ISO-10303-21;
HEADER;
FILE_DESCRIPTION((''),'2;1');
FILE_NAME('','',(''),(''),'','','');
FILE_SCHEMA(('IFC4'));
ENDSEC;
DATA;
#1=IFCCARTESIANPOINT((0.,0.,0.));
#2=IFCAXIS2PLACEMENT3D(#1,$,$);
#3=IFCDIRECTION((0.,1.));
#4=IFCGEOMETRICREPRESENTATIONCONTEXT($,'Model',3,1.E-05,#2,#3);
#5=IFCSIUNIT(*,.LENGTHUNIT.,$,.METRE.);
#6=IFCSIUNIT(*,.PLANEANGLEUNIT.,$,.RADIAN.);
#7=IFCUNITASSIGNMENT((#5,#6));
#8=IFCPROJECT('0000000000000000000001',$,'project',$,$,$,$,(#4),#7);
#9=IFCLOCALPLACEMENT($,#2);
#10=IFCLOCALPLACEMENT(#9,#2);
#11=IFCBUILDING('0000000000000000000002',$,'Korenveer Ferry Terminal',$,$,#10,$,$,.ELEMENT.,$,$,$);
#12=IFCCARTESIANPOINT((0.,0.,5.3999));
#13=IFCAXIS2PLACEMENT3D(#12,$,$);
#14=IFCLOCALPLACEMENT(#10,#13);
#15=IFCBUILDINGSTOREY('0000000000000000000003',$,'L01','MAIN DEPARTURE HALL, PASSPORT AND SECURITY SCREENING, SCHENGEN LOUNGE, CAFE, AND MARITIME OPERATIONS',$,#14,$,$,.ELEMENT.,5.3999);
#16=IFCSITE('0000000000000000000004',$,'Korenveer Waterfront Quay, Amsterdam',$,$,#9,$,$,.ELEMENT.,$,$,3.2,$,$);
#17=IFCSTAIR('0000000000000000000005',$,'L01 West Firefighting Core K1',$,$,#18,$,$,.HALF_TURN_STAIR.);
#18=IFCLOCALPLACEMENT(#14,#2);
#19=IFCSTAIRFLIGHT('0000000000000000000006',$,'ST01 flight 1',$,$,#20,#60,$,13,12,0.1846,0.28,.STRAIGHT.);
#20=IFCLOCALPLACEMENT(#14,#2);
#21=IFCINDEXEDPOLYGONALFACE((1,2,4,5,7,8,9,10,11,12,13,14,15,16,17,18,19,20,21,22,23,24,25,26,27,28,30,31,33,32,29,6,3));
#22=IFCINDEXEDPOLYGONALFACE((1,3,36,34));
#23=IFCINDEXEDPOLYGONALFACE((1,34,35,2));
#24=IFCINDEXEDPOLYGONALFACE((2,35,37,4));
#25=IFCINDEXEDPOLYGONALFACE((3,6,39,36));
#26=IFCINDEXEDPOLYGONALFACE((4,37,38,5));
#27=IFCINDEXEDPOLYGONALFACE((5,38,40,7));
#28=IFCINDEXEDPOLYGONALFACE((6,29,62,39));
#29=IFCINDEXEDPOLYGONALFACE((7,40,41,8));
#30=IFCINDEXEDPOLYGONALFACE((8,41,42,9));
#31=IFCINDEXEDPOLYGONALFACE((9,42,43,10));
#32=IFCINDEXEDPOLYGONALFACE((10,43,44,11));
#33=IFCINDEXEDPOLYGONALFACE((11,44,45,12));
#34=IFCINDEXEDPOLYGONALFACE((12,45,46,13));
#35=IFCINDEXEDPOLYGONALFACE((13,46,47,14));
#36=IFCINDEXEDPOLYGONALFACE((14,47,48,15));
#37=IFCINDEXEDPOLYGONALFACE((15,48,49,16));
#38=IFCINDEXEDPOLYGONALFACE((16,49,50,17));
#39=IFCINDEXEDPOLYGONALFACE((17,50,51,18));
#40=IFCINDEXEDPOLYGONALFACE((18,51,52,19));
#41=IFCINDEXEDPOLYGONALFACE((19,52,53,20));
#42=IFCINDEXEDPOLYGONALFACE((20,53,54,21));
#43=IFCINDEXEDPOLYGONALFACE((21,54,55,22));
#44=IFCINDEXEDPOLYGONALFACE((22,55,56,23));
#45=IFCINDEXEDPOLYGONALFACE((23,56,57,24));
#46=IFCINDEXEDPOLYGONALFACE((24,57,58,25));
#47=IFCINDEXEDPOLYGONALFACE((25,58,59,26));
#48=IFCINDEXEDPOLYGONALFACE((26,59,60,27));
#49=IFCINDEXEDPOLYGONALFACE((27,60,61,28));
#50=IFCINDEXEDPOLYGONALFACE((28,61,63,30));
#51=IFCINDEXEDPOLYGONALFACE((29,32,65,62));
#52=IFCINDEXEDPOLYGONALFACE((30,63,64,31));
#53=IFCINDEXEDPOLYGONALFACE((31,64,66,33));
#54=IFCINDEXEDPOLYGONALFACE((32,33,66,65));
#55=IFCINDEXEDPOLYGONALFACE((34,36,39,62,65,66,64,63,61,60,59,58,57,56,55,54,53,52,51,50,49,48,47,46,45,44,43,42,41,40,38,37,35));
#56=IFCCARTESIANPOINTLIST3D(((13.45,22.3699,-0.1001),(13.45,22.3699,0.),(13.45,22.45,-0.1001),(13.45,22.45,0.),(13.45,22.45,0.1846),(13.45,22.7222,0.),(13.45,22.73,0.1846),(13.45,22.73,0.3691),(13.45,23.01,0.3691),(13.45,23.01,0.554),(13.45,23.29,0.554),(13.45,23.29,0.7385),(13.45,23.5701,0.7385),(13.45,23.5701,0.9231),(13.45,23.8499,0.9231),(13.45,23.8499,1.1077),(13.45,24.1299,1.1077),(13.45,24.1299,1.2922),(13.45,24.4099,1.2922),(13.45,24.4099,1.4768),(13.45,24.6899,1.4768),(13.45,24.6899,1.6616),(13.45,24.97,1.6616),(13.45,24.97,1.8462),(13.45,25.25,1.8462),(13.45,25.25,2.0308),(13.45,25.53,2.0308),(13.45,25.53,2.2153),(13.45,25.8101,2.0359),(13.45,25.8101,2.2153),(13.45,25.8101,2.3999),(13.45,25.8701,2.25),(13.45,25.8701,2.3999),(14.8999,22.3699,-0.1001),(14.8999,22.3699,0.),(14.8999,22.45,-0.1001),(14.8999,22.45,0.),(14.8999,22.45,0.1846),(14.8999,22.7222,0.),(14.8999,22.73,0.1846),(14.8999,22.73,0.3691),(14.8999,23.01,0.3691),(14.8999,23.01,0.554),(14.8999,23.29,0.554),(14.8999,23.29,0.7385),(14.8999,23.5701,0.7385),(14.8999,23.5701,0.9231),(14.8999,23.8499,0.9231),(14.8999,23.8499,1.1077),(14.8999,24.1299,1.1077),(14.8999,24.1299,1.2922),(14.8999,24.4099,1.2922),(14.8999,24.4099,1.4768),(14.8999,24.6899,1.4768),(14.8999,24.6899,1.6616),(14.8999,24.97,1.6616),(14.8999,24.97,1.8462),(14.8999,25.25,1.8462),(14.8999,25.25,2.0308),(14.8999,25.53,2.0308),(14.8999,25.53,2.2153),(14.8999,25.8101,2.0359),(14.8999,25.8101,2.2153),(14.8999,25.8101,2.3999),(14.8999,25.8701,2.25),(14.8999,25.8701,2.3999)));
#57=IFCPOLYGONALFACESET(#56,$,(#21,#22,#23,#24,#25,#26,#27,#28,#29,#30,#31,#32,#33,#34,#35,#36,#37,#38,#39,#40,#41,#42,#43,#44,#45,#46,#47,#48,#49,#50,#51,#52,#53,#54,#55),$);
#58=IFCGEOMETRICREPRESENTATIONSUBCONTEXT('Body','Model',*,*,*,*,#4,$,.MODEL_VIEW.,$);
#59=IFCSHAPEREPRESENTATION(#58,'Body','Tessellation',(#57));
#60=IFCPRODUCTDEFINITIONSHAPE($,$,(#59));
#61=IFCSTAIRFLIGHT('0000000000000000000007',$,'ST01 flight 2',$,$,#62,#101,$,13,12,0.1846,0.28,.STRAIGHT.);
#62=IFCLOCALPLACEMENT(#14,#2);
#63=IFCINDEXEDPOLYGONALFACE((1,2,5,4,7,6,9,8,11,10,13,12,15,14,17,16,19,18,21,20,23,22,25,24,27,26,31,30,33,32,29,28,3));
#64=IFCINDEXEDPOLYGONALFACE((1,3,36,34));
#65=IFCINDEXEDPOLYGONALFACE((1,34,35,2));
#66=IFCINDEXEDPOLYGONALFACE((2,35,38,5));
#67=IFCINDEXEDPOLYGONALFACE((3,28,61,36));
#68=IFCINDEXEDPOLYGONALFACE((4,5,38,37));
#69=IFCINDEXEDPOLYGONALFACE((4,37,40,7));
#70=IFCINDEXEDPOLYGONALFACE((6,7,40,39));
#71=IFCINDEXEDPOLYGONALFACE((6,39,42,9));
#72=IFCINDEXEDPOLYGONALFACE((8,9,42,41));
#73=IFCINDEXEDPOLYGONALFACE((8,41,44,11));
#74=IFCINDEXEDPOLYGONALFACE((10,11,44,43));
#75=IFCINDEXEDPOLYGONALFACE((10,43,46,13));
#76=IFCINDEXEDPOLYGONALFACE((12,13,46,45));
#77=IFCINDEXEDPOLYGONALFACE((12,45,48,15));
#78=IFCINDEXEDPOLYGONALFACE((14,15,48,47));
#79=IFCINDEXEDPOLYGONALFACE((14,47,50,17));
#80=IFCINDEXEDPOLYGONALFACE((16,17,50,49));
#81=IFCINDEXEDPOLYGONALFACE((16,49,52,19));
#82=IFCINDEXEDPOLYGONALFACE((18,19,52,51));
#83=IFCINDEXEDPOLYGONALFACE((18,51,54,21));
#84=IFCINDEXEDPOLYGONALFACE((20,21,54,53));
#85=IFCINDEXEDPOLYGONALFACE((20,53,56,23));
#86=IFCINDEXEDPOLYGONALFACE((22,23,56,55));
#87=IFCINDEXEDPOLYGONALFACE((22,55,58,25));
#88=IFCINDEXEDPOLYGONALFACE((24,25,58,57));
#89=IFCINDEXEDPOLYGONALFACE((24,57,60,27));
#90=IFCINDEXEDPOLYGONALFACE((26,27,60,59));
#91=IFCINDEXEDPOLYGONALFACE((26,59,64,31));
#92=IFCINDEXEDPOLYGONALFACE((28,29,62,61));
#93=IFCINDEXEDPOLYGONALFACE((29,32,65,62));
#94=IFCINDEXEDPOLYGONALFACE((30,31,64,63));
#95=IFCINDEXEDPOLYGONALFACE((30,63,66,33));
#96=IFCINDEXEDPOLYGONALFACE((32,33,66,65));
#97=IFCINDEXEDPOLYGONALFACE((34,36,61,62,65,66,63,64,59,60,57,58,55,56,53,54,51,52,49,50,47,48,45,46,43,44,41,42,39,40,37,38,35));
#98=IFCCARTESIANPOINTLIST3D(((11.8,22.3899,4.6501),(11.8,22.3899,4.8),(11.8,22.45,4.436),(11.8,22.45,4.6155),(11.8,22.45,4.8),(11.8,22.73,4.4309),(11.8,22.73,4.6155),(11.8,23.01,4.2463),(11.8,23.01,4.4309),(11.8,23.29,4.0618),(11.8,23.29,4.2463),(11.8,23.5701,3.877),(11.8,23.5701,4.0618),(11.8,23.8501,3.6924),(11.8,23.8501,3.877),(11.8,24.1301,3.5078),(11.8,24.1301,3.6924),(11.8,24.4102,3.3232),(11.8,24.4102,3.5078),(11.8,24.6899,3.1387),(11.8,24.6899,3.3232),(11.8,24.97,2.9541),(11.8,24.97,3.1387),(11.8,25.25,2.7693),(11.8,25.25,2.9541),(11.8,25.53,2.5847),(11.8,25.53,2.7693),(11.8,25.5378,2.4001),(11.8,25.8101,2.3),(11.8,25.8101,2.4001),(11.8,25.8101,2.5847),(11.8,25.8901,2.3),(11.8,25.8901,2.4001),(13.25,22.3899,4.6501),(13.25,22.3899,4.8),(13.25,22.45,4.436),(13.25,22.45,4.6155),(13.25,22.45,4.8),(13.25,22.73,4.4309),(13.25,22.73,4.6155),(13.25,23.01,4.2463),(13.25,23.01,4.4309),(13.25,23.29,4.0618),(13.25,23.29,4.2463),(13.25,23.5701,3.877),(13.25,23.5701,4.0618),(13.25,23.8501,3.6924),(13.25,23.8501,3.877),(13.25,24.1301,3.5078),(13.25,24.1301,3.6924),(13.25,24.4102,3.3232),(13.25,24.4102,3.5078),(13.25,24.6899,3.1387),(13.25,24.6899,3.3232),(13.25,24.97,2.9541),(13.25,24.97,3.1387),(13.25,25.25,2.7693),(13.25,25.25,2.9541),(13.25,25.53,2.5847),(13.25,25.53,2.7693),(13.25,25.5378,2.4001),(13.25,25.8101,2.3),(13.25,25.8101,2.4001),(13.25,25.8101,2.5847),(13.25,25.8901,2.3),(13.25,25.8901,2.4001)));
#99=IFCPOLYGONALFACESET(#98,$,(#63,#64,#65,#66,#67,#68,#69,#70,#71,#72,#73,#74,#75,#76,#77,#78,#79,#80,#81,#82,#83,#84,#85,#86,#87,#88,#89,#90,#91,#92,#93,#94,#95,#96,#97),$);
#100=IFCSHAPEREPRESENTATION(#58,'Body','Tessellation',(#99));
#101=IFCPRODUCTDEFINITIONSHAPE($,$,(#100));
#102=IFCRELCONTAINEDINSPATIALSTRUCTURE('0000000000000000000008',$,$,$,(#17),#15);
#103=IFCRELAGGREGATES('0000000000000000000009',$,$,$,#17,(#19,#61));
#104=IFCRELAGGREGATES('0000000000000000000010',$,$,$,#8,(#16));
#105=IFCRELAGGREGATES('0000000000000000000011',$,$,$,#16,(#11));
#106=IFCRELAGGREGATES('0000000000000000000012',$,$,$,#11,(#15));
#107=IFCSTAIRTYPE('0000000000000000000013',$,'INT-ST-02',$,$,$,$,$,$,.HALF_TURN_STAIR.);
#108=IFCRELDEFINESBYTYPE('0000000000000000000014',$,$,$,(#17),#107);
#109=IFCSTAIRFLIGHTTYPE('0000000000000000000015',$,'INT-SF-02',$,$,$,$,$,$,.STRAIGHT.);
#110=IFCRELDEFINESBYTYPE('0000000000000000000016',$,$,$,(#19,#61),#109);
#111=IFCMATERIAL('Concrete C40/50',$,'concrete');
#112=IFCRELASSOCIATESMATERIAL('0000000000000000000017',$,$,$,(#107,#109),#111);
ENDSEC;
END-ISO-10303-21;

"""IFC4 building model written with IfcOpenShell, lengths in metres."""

from ifc_helpers import new_model, si_unit, direction, frame, origin, place, context, subcontext, project, spatial, polyline, outline, extrude, material, type_object, element, aggregate, save


model = new_model("IFC4")

# Units and contexts
model_context = context("Model", 3, precision=1e-05, world=origin(), true_north=direction((0.0, 1.0)))
body_context = subcontext(model_context, "Body", "Model", "MODEL_VIEW")
ifc_project = project(units=[si_unit("LENGTHUNIT", "METRE"), si_unit("PLANEANGLEUNIT", "RADIAN")], contexts=[model_context])

# Site, building, storey
site_placement = place(None, origin())
site = spatial("IfcSite", under=ifc_project, at=site_placement, Name="Korenveer Waterfront Quay, Amsterdam", CompositionType="ELEMENT", RefElevation=3.2)
building_placement = place(site_placement, origin())
building = spatial("IfcBuilding", under=site, at=building_placement, Name="Korenveer Ferry Terminal", CompositionType="ELEMENT")
storey_placement = place(building_placement, frame((0.0, 0.0, 5.3999)))
storey = spatial("IfcBuildingStorey", under=building, at=storey_placement, Name="L01", Description="MAIN DEPARTURE HALL, PASSPORT AND SECURITY SCREENING, SCHENGEN LOUNGE, CAFE, AND MARITIME OPERATIONS", CompositionType="ELEMENT", Elevation=5.3999)

# Stair, stair flights
ifc_material_1 = material(Name="Concrete C40/50", Category="concrete")
stair_type = type_object("IfcStairType", Name="INT-ST-02", PredefinedType="HALF_TURN_STAIR", material=ifc_material_1)
stair_placement = place(storey_placement, frame((14.175, 22.45, 0.0)))
stair = element("IfcStair", 1, at=stair_placement, inside=storey, type_object=stair_type, Name="L01 West Firefighting Core K1", PredefinedType="HALF_TURN_STAIR")
stair_flight_type = type_object("IfcStairFlightType", Name="INT-SF-02", PredefinedType="STRAIGHT", material=ifc_material_1)
stair_flight_1_placement = place(storey_placement, frame((14.175, 22.45, 0.0), z_axis=(0.0, 0.0, 1.0), x_axis=(0.0, 1.0, 0.0)))
stair_flight_1 = element("IfcStairFlight", 2, at=stair_flight_1_placement, type_object=stair_flight_type, Name="ST01 flight 1", NumberOfRisers=13, NumberOfTreads=12, PredefinedType="STRAIGHT", RiserHeight=0.1846, TreadLength=0.28, context=body_context, shape_type="SweptSolid", body=[
    extrude(outline(polyline([(-0.0801, 0.0), (0.0, 0.0), (0.0, 0.1846), (0.28, 0.1846), (0.28, 0.3691), (0.5601, 0.3691), (0.5601, 0.554), (0.8401, 0.554), (0.8401, 0.7385), (1.1201, 0.7385), (1.1201, 0.9231), (1.3999, 0.9231), (1.3999, 1.1077), (1.6799, 1.1077), (1.6799, 1.2922), (1.96, 1.2922), (1.96, 1.4768), (2.24, 1.4768), (2.24, 1.6616), (2.52, 1.6616), (2.52, 1.8462), (2.8, 1.8462), (2.8, 2.0308), (3.0801, 2.0308), (3.0801, 2.2153), (3.3601, 2.2153), (3.3601, 2.3999), (3.4202, 2.3999), (3.4202, 2.25), (3.3601, 2.0359), (0.2722, 0.0), (0.0, -0.1001), (-0.0801, -0.1001), (-0.0801, 0.0)])), frame((0.0, 0.7251, 0.0), z_axis=(0.0, -1.0, 0.0), x_axis=(1.0, 0.0, 0.0)), (0.0, 0.0, 1.0), 1.45),
])
stair_flight_2_placement = place(storey_placement, frame((12.5249, 25.8101, 2.4001), z_axis=(0.0, 0.0, 1.0), x_axis=(0.0, -1.0, 0.0)))
stair_flight_2 = element("IfcStairFlight", 3, at=stair_flight_2_placement, type_object=stair_flight_type, Name="ST01 flight 2", NumberOfRisers=13, NumberOfTreads=12, PredefinedType="STRAIGHT", RiserHeight=0.1846, TreadLength=0.28, context=body_context, shape_type="SweptSolid", body=[
    extrude(outline(polyline([(-0.0801, 0.0), (0.0, 0.0), (0.0, 0.1846), (0.28, 0.1846), (0.28, 0.3691), (0.5601, 0.3691), (0.5601, 0.554), (0.8401, 0.554), (0.8401, 0.7385), (1.1201, 0.7385), (1.1201, 0.9231), (1.3999, 0.9231), (1.3999, 1.1077), (1.6799, 1.1077), (1.6799, 1.2922), (1.96, 1.2922), (1.96, 1.4768), (2.24, 1.4768), (2.24, 1.6616), (2.52, 1.6616), (2.52, 1.8462), (2.8, 1.8462), (2.8, 2.0308), (3.0801, 2.0308), (3.0801, 2.2153), (3.3601, 2.2153), (3.3601, 2.3999), (3.4202, 2.3999), (3.4202, 2.25), (3.3601, 2.0359), (0.2722, 0.0), (0.0, -0.1001), (-0.0801, -0.1001), (-0.0801, 0.0)])), frame((0.0, 0.7251, 0.0), z_axis=(0.0, -1.0, 0.0), x_axis=(1.0, 0.0, 0.0)), (0.0, 0.0, 1.0), 1.45),
])
aggregate(stair, [stair_flight_1, stair_flight_2])

save(model, "model.ifc")
